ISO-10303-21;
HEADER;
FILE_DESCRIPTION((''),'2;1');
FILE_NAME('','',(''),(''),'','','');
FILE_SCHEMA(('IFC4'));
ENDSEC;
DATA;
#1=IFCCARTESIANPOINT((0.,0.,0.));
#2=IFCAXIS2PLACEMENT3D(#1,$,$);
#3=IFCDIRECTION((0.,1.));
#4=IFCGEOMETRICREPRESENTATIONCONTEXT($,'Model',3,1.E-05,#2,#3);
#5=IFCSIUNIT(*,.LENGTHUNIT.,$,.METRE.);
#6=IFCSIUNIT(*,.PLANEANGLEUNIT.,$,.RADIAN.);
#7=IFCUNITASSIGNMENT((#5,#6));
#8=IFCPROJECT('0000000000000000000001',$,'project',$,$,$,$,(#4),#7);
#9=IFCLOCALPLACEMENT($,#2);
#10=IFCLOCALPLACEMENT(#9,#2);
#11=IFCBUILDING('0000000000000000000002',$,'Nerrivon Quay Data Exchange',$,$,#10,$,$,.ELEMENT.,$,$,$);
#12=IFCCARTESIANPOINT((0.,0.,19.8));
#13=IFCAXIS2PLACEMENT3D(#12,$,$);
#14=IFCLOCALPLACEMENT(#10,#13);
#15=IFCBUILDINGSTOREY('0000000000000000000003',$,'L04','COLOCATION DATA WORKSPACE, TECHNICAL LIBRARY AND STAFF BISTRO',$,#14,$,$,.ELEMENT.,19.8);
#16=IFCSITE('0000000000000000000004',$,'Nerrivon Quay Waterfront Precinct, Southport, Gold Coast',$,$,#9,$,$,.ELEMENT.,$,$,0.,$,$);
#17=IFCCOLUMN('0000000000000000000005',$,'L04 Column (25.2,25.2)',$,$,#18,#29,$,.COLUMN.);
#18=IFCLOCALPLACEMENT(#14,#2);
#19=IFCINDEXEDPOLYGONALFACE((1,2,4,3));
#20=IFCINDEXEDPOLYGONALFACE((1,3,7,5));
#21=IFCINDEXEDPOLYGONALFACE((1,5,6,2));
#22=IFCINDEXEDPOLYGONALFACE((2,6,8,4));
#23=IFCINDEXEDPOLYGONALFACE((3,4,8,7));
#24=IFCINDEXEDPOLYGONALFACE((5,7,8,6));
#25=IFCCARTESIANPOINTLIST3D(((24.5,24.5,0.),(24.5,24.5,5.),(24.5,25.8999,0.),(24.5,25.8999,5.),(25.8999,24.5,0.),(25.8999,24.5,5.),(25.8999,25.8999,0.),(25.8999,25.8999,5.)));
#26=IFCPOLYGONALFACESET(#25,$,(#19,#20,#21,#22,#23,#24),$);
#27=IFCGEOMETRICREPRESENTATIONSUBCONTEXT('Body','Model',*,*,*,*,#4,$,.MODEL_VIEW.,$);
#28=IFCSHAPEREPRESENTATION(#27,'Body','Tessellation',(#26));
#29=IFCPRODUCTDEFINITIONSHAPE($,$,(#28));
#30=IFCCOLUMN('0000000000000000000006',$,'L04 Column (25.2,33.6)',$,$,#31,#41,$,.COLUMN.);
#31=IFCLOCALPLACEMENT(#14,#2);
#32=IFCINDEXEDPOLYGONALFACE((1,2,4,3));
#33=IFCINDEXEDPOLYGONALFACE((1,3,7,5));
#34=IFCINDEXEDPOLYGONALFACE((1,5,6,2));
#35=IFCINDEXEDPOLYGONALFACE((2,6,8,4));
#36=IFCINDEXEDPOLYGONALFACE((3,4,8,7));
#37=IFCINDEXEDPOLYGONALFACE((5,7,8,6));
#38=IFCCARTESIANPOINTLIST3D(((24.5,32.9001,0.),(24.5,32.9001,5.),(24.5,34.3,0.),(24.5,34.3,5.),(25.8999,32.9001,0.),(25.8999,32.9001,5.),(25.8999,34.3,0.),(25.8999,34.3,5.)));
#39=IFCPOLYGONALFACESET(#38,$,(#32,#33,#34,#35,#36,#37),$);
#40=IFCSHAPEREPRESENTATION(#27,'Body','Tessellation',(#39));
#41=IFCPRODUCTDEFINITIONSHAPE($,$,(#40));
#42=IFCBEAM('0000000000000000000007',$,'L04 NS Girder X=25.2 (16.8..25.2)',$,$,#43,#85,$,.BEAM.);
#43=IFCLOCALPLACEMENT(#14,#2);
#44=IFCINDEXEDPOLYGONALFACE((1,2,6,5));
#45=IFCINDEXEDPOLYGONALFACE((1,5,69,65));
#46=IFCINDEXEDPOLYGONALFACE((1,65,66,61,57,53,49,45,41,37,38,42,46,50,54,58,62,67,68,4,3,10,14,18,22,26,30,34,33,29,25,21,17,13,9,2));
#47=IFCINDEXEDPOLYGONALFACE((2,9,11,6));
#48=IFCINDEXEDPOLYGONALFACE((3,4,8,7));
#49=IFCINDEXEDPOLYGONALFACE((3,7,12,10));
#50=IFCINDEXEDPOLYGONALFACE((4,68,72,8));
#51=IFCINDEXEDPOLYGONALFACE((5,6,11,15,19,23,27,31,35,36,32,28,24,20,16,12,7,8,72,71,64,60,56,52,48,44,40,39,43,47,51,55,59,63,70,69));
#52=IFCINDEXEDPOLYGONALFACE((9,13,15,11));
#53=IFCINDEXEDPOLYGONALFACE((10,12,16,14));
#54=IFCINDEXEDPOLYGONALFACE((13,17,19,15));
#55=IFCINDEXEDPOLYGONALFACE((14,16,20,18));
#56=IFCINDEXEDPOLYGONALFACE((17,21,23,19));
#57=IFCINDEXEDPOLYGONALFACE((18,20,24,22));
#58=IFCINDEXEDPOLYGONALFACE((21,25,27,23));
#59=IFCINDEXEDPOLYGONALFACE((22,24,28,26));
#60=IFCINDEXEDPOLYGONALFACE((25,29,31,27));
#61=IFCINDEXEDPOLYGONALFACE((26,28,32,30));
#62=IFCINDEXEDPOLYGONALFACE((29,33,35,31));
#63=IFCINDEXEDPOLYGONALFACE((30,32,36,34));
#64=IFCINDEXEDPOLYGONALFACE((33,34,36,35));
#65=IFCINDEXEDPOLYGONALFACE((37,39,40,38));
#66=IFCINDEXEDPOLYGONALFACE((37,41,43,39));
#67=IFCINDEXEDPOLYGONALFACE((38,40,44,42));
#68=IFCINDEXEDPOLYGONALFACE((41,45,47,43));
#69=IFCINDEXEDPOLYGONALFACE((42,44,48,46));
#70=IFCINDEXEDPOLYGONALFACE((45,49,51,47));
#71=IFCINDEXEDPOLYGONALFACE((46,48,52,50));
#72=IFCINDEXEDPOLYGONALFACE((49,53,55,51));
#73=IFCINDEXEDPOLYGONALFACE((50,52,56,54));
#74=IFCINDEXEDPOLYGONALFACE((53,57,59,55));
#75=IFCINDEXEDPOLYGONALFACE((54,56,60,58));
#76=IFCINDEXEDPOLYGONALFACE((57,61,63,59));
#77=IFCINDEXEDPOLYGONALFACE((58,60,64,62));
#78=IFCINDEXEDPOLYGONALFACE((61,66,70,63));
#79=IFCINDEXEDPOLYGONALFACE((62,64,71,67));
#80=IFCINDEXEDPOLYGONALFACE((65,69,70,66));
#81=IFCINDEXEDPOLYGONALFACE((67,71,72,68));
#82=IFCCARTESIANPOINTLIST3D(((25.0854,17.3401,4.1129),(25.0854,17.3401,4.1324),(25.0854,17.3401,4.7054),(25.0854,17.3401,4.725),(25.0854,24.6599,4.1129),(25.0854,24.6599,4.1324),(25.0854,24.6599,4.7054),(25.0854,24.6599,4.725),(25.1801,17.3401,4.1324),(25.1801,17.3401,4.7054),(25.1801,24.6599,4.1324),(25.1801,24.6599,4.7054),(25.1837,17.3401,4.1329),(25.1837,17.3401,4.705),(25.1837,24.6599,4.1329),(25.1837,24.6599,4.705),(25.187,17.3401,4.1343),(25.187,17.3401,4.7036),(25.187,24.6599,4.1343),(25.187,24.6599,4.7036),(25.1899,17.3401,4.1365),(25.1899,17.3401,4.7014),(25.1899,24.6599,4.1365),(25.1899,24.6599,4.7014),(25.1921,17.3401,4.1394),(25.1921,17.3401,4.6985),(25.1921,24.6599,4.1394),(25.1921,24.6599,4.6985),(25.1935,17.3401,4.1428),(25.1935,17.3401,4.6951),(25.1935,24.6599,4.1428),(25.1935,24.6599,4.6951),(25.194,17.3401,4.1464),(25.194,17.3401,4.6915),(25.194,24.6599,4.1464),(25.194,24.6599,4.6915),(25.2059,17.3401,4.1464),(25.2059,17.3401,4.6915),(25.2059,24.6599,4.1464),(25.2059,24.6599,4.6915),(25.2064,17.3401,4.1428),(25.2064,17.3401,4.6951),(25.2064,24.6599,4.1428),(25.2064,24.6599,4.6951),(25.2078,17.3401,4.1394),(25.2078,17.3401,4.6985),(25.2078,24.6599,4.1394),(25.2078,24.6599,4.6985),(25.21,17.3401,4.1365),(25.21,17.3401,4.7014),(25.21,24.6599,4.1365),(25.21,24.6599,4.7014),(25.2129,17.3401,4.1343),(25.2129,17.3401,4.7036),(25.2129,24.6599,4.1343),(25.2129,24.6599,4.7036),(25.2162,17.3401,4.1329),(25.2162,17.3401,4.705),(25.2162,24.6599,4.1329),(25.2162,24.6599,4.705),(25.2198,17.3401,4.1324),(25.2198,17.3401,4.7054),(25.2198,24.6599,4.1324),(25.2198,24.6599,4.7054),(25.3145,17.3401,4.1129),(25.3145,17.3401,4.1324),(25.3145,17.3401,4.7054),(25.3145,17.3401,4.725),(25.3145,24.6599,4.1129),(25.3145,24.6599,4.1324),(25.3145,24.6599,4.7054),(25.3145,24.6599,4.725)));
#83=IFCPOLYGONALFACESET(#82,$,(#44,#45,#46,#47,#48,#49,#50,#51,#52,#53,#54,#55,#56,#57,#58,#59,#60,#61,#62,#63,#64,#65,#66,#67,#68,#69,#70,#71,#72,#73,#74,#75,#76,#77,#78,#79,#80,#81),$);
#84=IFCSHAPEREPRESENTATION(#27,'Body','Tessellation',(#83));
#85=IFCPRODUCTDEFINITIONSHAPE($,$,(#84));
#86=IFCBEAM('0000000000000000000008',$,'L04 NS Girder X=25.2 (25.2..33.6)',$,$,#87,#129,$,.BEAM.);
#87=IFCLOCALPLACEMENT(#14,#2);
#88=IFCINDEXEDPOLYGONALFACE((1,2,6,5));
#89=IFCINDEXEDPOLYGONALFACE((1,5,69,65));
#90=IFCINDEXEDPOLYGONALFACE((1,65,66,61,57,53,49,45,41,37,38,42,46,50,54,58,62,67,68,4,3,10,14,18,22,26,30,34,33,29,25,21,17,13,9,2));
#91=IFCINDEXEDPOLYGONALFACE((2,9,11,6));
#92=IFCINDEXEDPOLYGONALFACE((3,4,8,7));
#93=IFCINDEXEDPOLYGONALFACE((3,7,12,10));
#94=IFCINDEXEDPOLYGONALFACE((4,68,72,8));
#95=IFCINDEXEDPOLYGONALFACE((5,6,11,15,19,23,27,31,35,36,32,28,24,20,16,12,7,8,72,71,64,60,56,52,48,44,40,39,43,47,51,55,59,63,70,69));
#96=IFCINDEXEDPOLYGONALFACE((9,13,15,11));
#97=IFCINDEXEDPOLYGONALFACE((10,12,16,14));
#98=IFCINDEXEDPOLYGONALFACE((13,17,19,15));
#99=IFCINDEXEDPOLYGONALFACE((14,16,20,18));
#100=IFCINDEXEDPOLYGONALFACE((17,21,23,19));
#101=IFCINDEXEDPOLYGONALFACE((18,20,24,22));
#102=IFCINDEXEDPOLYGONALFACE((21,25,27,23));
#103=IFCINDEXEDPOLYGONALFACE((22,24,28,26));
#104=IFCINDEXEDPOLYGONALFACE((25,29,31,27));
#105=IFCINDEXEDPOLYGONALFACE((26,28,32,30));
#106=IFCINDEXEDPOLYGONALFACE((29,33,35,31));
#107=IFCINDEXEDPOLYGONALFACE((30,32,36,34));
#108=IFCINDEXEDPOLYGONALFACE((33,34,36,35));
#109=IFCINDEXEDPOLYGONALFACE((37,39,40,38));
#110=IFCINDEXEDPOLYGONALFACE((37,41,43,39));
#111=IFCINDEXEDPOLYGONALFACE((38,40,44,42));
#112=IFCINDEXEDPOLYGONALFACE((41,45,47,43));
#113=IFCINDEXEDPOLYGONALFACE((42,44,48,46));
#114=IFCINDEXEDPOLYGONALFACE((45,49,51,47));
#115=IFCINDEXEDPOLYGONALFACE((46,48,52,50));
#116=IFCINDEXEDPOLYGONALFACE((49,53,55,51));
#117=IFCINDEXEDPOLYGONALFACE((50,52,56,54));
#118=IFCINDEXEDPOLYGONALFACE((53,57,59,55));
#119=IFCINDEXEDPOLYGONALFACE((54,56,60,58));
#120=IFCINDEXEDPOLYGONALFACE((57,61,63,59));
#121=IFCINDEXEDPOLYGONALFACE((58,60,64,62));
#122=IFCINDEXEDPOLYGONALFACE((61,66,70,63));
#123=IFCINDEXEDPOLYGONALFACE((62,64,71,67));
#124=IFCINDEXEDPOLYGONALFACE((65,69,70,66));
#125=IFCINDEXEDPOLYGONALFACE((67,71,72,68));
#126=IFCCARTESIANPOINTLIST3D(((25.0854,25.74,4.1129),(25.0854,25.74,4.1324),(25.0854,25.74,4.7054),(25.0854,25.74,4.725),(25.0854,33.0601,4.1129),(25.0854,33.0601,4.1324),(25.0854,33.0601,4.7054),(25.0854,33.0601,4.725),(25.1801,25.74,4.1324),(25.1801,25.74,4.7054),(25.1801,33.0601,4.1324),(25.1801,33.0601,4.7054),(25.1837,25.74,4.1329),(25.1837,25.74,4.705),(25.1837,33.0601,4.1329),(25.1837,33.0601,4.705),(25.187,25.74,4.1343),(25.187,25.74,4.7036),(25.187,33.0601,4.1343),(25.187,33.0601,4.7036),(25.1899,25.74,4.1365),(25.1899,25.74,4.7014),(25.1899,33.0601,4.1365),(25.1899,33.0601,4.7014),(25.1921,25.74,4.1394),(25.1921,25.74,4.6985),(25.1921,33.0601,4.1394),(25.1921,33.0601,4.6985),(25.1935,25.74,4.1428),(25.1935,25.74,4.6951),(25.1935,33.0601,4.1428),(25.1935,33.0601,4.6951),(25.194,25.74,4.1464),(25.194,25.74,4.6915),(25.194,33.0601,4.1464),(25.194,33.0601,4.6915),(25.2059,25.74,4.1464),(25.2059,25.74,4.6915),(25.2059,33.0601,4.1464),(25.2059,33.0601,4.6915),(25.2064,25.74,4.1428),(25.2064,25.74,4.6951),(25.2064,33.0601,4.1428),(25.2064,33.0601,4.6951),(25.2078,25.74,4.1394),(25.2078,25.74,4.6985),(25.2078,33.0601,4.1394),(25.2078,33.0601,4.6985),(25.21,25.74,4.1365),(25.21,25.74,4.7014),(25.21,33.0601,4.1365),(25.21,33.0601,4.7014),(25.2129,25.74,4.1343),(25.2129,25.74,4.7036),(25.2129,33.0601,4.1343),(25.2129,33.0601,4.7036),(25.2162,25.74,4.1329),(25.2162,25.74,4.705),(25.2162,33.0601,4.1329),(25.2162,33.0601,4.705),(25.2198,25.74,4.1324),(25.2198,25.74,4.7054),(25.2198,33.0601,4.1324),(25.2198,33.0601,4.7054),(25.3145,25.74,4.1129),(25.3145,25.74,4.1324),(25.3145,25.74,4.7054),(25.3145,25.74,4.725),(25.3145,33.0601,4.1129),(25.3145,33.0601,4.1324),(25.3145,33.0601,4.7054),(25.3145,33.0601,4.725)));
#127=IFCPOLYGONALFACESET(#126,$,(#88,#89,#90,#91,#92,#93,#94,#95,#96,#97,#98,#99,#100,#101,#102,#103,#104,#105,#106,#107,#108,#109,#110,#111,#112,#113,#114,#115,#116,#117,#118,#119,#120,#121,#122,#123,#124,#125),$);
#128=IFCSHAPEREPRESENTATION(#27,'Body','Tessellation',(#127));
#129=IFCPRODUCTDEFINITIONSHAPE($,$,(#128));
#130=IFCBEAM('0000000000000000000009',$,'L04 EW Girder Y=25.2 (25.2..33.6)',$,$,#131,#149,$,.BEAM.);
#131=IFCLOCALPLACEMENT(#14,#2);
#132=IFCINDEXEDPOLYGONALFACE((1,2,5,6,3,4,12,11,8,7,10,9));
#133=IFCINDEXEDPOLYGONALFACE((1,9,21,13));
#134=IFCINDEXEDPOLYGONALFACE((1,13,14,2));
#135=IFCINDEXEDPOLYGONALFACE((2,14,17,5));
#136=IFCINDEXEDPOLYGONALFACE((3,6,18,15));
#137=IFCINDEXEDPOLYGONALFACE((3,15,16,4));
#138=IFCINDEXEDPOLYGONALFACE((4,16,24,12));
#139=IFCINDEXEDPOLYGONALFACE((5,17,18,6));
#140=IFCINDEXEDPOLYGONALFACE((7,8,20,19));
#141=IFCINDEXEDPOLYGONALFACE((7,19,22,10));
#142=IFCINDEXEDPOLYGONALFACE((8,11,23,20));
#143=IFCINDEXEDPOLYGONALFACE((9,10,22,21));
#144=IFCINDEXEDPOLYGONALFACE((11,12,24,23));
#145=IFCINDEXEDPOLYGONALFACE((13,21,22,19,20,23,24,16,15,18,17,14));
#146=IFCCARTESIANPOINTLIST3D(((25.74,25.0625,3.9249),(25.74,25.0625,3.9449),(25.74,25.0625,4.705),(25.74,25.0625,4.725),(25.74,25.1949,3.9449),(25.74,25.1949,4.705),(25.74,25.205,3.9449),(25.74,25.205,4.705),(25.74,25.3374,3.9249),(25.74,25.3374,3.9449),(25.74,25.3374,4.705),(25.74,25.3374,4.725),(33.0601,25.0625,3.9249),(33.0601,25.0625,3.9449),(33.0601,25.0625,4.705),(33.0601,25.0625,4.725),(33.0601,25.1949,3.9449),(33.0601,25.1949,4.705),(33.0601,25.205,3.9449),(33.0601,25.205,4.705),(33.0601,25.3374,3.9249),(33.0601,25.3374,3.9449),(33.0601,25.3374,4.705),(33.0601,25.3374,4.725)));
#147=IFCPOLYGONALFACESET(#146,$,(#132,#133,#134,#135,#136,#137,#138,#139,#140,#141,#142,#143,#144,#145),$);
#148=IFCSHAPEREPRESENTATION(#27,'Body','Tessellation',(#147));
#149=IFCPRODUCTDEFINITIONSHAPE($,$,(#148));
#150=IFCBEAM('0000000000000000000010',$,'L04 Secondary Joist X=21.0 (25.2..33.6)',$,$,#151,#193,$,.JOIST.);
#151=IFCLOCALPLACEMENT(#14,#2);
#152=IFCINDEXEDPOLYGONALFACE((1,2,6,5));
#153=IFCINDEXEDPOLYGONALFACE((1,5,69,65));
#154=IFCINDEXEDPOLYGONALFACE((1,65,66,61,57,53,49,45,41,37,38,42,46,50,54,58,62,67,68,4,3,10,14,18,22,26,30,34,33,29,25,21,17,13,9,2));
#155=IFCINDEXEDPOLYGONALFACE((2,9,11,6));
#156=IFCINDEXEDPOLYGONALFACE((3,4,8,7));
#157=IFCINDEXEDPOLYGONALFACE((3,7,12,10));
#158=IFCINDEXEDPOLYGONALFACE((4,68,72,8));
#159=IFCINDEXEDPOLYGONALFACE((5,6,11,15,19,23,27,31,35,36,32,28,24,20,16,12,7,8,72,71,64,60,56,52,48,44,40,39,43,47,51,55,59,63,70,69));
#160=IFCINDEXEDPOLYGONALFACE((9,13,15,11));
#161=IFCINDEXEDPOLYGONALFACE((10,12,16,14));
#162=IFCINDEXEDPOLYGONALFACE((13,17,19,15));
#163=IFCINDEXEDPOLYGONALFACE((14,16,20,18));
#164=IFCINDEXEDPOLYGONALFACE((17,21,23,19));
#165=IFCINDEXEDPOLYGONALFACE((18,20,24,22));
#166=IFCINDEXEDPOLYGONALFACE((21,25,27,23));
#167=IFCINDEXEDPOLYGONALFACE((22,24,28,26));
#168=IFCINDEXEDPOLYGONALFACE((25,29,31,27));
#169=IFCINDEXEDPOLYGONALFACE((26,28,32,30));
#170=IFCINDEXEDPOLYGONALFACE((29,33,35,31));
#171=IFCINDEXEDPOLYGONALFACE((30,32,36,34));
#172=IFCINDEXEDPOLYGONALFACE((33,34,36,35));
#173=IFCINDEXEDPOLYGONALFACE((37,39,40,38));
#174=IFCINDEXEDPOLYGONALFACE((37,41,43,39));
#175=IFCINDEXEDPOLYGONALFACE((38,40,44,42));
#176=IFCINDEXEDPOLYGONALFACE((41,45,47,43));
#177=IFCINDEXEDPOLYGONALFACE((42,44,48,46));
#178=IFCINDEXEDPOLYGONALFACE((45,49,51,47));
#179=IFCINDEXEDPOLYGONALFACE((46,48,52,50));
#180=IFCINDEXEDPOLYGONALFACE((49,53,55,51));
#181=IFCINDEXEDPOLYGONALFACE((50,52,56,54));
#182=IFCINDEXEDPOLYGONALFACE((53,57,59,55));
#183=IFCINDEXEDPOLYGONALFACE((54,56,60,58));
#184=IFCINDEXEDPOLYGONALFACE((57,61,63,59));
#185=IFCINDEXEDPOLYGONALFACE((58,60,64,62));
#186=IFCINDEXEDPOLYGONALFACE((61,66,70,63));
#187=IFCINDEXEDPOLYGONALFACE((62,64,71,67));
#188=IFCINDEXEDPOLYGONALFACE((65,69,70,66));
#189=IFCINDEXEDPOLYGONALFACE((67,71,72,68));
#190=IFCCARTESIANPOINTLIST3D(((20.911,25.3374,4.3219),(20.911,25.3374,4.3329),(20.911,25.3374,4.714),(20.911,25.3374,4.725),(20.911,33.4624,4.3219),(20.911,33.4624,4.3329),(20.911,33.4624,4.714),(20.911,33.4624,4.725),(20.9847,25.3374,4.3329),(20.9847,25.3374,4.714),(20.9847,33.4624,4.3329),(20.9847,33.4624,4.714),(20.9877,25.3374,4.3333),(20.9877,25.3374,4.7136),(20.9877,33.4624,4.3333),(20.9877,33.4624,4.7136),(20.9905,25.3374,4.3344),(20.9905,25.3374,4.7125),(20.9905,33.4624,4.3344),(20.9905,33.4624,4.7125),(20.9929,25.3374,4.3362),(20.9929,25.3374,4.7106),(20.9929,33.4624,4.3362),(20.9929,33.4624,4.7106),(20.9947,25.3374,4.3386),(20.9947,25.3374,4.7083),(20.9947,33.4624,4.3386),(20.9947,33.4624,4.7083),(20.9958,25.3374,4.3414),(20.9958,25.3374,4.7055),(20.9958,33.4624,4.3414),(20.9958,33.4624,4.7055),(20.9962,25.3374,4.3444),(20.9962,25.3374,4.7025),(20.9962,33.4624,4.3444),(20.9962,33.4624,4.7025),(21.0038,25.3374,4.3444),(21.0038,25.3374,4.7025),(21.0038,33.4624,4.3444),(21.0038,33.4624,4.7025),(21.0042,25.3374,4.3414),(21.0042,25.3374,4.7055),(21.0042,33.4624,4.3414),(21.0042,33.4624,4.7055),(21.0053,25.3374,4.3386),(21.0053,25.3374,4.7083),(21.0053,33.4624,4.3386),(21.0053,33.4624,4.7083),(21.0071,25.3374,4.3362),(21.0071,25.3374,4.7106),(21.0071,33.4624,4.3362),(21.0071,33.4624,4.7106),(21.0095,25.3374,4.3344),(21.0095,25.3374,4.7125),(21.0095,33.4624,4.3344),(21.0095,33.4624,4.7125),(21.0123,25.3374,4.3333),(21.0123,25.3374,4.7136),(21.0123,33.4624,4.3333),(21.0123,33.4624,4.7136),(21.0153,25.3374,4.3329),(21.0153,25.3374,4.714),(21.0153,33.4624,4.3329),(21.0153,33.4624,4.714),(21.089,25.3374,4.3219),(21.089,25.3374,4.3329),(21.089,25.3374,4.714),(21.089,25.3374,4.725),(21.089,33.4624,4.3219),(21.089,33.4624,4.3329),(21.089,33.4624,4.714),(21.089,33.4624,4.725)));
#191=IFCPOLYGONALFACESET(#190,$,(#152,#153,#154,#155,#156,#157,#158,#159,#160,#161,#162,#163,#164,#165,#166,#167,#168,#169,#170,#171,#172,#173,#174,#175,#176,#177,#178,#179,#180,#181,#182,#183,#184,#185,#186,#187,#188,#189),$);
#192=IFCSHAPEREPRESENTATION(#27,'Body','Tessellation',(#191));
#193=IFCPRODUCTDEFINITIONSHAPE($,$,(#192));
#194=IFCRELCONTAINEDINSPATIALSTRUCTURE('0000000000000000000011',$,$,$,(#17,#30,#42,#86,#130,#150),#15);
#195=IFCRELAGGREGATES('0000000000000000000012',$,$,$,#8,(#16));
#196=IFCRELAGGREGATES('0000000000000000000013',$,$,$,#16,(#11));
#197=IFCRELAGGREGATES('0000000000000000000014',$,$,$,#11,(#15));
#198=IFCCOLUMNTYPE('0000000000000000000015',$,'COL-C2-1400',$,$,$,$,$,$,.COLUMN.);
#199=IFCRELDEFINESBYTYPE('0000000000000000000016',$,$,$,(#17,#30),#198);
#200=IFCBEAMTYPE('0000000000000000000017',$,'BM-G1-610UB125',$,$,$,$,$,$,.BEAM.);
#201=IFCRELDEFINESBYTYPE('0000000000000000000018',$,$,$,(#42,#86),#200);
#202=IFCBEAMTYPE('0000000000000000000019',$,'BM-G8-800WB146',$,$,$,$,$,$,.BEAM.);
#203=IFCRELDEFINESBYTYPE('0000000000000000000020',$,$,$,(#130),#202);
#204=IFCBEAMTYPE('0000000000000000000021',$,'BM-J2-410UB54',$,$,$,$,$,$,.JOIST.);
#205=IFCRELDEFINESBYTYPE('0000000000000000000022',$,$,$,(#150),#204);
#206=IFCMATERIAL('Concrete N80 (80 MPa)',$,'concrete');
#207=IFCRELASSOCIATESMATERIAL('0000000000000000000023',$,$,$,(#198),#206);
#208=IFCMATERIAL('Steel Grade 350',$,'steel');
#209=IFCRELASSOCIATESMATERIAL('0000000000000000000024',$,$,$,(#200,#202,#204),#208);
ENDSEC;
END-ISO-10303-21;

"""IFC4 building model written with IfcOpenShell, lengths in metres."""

from ifc_helpers import new_model, si_unit, direction, frame, origin, origin_2d, place, context, subcontext, project, spatial, rectangle, i_section, extrude, material, material_profile, profile_set, type_object, element, save


model = new_model("IFC4")

# Units and contexts
model_context = context("Model", 3, precision=1e-05, world=origin(), true_north=direction((0.0, 1.0)))
body_context = subcontext(model_context, "Body", "Model", "MODEL_VIEW")
ifc_project = project(units=[si_unit("LENGTHUNIT", "METRE"), si_unit("PLANEANGLEUNIT", "RADIAN")], contexts=[model_context])

# Site, building, storey
site_placement = place(None, origin())
site = spatial("IfcSite", under=ifc_project, at=site_placement, Name="Nerrivon Quay Waterfront Precinct, Southport, Gold Coast", CompositionType="ELEMENT", RefElevation=0.0)
building_placement = place(site_placement, origin())
building = spatial("IfcBuilding", under=site, at=building_placement, Name="Nerrivon Quay Data Exchange", CompositionType="ELEMENT")
storey_placement = place(building_placement, frame((0.0, 0.0, 19.8)))
storey = spatial("IfcBuildingStorey", under=building, at=storey_placement, Name="L04", Description="COLOCATION DATA WORKSPACE, TECHNICAL LIBRARY AND STAFF BISTRO", CompositionType="ELEMENT", Elevation=19.8)

# Columns
ifc_material_1 = material(Name="Concrete N80 (80 MPa)", Category="concrete")
ifc_material_profile_1 = material_profile(ifc_material_1, rectangle(XDim=1.3999, YDim=1.3999, at=origin_2d()), Name="RC-COL-1400x1400")
ifc_profile_set_1 = profile_set([ifc_material_profile_1], Name="Concrete N80 (80 MPa)")
column_type = type_object("IfcColumnType", Name="COL-C2-1400", PredefinedType="COLUMN", material=ifc_profile_set_1)
for number, where, z_axis, x_axis, name in (
    (1, (25.2, 25.2, 0.0), (0.0, 0.0, 1.0), (1.0, 0.0, 0.0), "L04 Column (25.2,25.2)"),
    (2, (25.2, 33.6001, 0.0), (0.0, 0.0, 1.0), (1.0, 0.0, 0.0), "L04 Column (25.2,33.6)"),
):
    element("IfcColumn", number, at=place(storey_placement, frame(where, z_axis=z_axis, x_axis=x_axis)), inside=storey, type_object=column_type, Name=name, PredefinedType="COLUMN", context=body_context, shape_type="SweptSolid", body=[
        extrude(rectangle(XDim=1.3999, YDim=1.3999, at=origin_2d()), origin(), (0.0, 0.0, 1.0), 5.0),
    ])

# Beams
ifc_material_2 = material(Name="Steel Grade 350", Category="steel")
ifc_material_profile_2 = material_profile(ifc_material_2, i_section(OverallWidth=0.229, OverallDepth=0.6121, WebThickness=0.012, FlangeThickness=0.0195, FilletRadius=0.0139, at=origin_2d()), Name="610UB125")
ifc_profile_set_2 = profile_set([ifc_material_profile_2], Name="Steel Grade 350")
beam_type_1 = type_object("IfcBeamType", Name="BM-G1-610UB125", PredefinedType="BEAM", material=ifc_profile_set_2)
beam_1_placement = place(storey_placement, frame((25.2, 17.3401, 4.4189), z_axis=(0.0, 1.0, 0.0), x_axis=(-1.0, 0.0, 0.0)))
element("IfcBeam", 3, at=beam_1_placement, inside=storey, type_object=beam_type_1, Name="L04 NS Girder X=25.2 (16.8..25.2)", PredefinedType="BEAM", context=body_context, shape_type="SweptSolid", body=[
    extrude(i_section(OverallWidth=0.229, OverallDepth=0.6121, WebThickness=0.012, FlangeThickness=0.0195, FilletRadius=0.0139, at=origin_2d()), origin(), (0.0, 0.0, 1.0), 7.3198),
])
beam_2_placement = place(storey_placement, frame((25.2, 25.74, 4.4189), z_axis=(0.0, 1.0, 0.0), x_axis=(-1.0, 0.0, 0.0)))
element("IfcBeam", 4, at=beam_2_placement, inside=storey, type_object=beam_type_1, Name="L04 NS Girder X=25.2 (25.2..33.6)", PredefinedType="BEAM", context=body_context, shape_type="SweptSolid", body=[
    extrude(i_section(OverallWidth=0.229, OverallDepth=0.6121, WebThickness=0.012, FlangeThickness=0.0195, FilletRadius=0.0139, at=origin_2d()), origin(), (0.0, 0.0, 1.0), 7.3201),
])
ifc_material_profile_3 = material_profile(ifc_material_2, i_section(OverallWidth=0.2749, OverallDepth=0.8, WebThickness=0.01, FlangeThickness=0.02, at=origin_2d()), Name="800WB146")
ifc_profile_set_3 = profile_set([ifc_material_profile_3], Name="Steel Grade 350")
beam_type_2 = type_object("IfcBeamType", Name="BM-G8-800WB146", PredefinedType="BEAM", material=ifc_profile_set_3)
beam_3_placement = place(storey_placement, frame((25.74, 25.2, 4.325), z_axis=(1.0, 0.0, 0.0), x_axis=(0.0, 1.0, 0.0)))
element("IfcBeam", 5, at=beam_3_placement, inside=storey, type_object=beam_type_2, Name="L04 EW Girder Y=25.2 (25.2..33.6)", PredefinedType="BEAM", context=body_context, shape_type="SweptSolid", body=[
    extrude(i_section(OverallWidth=0.2749, OverallDepth=0.8, WebThickness=0.01, FlangeThickness=0.02, at=origin_2d()), origin(), (0.0, 0.0, 1.0), 7.3201),
])
ifc_material_profile_4 = material_profile(ifc_material_2, i_section(OverallWidth=0.178, OverallDepth=0.4031, WebThickness=0.0076, FlangeThickness=0.011, FilletRadius=0.0115, at=origin_2d()), Name="410UB53.7")
ifc_profile_set_4 = profile_set([ifc_material_profile_4], Name="Steel Grade 350")
beam_type_3 = type_object("IfcBeamType", Name="BM-J2-410UB54", PredefinedType="JOIST", material=ifc_profile_set_4)
beam_4_placement = place(storey_placement, frame((21.0, 25.3374, 4.5234), z_axis=(0.0, 1.0, 0.0), x_axis=(-1.0, 0.0, 0.0)))
element("IfcBeam", 6, at=beam_4_placement, inside=storey, type_object=beam_type_3, Name="L04 Secondary Joist X=21.0 (25.2..33.6)", PredefinedType="JOIST", context=body_context, shape_type="SweptSolid", body=[
    extrude(i_section(OverallWidth=0.178, OverallDepth=0.4031, WebThickness=0.0076, FlangeThickness=0.011, FilletRadius=0.0115, at=origin_2d()), origin(), (0.0, 0.0, 1.0), 8.125),
])

save(model, "model.ifc")
